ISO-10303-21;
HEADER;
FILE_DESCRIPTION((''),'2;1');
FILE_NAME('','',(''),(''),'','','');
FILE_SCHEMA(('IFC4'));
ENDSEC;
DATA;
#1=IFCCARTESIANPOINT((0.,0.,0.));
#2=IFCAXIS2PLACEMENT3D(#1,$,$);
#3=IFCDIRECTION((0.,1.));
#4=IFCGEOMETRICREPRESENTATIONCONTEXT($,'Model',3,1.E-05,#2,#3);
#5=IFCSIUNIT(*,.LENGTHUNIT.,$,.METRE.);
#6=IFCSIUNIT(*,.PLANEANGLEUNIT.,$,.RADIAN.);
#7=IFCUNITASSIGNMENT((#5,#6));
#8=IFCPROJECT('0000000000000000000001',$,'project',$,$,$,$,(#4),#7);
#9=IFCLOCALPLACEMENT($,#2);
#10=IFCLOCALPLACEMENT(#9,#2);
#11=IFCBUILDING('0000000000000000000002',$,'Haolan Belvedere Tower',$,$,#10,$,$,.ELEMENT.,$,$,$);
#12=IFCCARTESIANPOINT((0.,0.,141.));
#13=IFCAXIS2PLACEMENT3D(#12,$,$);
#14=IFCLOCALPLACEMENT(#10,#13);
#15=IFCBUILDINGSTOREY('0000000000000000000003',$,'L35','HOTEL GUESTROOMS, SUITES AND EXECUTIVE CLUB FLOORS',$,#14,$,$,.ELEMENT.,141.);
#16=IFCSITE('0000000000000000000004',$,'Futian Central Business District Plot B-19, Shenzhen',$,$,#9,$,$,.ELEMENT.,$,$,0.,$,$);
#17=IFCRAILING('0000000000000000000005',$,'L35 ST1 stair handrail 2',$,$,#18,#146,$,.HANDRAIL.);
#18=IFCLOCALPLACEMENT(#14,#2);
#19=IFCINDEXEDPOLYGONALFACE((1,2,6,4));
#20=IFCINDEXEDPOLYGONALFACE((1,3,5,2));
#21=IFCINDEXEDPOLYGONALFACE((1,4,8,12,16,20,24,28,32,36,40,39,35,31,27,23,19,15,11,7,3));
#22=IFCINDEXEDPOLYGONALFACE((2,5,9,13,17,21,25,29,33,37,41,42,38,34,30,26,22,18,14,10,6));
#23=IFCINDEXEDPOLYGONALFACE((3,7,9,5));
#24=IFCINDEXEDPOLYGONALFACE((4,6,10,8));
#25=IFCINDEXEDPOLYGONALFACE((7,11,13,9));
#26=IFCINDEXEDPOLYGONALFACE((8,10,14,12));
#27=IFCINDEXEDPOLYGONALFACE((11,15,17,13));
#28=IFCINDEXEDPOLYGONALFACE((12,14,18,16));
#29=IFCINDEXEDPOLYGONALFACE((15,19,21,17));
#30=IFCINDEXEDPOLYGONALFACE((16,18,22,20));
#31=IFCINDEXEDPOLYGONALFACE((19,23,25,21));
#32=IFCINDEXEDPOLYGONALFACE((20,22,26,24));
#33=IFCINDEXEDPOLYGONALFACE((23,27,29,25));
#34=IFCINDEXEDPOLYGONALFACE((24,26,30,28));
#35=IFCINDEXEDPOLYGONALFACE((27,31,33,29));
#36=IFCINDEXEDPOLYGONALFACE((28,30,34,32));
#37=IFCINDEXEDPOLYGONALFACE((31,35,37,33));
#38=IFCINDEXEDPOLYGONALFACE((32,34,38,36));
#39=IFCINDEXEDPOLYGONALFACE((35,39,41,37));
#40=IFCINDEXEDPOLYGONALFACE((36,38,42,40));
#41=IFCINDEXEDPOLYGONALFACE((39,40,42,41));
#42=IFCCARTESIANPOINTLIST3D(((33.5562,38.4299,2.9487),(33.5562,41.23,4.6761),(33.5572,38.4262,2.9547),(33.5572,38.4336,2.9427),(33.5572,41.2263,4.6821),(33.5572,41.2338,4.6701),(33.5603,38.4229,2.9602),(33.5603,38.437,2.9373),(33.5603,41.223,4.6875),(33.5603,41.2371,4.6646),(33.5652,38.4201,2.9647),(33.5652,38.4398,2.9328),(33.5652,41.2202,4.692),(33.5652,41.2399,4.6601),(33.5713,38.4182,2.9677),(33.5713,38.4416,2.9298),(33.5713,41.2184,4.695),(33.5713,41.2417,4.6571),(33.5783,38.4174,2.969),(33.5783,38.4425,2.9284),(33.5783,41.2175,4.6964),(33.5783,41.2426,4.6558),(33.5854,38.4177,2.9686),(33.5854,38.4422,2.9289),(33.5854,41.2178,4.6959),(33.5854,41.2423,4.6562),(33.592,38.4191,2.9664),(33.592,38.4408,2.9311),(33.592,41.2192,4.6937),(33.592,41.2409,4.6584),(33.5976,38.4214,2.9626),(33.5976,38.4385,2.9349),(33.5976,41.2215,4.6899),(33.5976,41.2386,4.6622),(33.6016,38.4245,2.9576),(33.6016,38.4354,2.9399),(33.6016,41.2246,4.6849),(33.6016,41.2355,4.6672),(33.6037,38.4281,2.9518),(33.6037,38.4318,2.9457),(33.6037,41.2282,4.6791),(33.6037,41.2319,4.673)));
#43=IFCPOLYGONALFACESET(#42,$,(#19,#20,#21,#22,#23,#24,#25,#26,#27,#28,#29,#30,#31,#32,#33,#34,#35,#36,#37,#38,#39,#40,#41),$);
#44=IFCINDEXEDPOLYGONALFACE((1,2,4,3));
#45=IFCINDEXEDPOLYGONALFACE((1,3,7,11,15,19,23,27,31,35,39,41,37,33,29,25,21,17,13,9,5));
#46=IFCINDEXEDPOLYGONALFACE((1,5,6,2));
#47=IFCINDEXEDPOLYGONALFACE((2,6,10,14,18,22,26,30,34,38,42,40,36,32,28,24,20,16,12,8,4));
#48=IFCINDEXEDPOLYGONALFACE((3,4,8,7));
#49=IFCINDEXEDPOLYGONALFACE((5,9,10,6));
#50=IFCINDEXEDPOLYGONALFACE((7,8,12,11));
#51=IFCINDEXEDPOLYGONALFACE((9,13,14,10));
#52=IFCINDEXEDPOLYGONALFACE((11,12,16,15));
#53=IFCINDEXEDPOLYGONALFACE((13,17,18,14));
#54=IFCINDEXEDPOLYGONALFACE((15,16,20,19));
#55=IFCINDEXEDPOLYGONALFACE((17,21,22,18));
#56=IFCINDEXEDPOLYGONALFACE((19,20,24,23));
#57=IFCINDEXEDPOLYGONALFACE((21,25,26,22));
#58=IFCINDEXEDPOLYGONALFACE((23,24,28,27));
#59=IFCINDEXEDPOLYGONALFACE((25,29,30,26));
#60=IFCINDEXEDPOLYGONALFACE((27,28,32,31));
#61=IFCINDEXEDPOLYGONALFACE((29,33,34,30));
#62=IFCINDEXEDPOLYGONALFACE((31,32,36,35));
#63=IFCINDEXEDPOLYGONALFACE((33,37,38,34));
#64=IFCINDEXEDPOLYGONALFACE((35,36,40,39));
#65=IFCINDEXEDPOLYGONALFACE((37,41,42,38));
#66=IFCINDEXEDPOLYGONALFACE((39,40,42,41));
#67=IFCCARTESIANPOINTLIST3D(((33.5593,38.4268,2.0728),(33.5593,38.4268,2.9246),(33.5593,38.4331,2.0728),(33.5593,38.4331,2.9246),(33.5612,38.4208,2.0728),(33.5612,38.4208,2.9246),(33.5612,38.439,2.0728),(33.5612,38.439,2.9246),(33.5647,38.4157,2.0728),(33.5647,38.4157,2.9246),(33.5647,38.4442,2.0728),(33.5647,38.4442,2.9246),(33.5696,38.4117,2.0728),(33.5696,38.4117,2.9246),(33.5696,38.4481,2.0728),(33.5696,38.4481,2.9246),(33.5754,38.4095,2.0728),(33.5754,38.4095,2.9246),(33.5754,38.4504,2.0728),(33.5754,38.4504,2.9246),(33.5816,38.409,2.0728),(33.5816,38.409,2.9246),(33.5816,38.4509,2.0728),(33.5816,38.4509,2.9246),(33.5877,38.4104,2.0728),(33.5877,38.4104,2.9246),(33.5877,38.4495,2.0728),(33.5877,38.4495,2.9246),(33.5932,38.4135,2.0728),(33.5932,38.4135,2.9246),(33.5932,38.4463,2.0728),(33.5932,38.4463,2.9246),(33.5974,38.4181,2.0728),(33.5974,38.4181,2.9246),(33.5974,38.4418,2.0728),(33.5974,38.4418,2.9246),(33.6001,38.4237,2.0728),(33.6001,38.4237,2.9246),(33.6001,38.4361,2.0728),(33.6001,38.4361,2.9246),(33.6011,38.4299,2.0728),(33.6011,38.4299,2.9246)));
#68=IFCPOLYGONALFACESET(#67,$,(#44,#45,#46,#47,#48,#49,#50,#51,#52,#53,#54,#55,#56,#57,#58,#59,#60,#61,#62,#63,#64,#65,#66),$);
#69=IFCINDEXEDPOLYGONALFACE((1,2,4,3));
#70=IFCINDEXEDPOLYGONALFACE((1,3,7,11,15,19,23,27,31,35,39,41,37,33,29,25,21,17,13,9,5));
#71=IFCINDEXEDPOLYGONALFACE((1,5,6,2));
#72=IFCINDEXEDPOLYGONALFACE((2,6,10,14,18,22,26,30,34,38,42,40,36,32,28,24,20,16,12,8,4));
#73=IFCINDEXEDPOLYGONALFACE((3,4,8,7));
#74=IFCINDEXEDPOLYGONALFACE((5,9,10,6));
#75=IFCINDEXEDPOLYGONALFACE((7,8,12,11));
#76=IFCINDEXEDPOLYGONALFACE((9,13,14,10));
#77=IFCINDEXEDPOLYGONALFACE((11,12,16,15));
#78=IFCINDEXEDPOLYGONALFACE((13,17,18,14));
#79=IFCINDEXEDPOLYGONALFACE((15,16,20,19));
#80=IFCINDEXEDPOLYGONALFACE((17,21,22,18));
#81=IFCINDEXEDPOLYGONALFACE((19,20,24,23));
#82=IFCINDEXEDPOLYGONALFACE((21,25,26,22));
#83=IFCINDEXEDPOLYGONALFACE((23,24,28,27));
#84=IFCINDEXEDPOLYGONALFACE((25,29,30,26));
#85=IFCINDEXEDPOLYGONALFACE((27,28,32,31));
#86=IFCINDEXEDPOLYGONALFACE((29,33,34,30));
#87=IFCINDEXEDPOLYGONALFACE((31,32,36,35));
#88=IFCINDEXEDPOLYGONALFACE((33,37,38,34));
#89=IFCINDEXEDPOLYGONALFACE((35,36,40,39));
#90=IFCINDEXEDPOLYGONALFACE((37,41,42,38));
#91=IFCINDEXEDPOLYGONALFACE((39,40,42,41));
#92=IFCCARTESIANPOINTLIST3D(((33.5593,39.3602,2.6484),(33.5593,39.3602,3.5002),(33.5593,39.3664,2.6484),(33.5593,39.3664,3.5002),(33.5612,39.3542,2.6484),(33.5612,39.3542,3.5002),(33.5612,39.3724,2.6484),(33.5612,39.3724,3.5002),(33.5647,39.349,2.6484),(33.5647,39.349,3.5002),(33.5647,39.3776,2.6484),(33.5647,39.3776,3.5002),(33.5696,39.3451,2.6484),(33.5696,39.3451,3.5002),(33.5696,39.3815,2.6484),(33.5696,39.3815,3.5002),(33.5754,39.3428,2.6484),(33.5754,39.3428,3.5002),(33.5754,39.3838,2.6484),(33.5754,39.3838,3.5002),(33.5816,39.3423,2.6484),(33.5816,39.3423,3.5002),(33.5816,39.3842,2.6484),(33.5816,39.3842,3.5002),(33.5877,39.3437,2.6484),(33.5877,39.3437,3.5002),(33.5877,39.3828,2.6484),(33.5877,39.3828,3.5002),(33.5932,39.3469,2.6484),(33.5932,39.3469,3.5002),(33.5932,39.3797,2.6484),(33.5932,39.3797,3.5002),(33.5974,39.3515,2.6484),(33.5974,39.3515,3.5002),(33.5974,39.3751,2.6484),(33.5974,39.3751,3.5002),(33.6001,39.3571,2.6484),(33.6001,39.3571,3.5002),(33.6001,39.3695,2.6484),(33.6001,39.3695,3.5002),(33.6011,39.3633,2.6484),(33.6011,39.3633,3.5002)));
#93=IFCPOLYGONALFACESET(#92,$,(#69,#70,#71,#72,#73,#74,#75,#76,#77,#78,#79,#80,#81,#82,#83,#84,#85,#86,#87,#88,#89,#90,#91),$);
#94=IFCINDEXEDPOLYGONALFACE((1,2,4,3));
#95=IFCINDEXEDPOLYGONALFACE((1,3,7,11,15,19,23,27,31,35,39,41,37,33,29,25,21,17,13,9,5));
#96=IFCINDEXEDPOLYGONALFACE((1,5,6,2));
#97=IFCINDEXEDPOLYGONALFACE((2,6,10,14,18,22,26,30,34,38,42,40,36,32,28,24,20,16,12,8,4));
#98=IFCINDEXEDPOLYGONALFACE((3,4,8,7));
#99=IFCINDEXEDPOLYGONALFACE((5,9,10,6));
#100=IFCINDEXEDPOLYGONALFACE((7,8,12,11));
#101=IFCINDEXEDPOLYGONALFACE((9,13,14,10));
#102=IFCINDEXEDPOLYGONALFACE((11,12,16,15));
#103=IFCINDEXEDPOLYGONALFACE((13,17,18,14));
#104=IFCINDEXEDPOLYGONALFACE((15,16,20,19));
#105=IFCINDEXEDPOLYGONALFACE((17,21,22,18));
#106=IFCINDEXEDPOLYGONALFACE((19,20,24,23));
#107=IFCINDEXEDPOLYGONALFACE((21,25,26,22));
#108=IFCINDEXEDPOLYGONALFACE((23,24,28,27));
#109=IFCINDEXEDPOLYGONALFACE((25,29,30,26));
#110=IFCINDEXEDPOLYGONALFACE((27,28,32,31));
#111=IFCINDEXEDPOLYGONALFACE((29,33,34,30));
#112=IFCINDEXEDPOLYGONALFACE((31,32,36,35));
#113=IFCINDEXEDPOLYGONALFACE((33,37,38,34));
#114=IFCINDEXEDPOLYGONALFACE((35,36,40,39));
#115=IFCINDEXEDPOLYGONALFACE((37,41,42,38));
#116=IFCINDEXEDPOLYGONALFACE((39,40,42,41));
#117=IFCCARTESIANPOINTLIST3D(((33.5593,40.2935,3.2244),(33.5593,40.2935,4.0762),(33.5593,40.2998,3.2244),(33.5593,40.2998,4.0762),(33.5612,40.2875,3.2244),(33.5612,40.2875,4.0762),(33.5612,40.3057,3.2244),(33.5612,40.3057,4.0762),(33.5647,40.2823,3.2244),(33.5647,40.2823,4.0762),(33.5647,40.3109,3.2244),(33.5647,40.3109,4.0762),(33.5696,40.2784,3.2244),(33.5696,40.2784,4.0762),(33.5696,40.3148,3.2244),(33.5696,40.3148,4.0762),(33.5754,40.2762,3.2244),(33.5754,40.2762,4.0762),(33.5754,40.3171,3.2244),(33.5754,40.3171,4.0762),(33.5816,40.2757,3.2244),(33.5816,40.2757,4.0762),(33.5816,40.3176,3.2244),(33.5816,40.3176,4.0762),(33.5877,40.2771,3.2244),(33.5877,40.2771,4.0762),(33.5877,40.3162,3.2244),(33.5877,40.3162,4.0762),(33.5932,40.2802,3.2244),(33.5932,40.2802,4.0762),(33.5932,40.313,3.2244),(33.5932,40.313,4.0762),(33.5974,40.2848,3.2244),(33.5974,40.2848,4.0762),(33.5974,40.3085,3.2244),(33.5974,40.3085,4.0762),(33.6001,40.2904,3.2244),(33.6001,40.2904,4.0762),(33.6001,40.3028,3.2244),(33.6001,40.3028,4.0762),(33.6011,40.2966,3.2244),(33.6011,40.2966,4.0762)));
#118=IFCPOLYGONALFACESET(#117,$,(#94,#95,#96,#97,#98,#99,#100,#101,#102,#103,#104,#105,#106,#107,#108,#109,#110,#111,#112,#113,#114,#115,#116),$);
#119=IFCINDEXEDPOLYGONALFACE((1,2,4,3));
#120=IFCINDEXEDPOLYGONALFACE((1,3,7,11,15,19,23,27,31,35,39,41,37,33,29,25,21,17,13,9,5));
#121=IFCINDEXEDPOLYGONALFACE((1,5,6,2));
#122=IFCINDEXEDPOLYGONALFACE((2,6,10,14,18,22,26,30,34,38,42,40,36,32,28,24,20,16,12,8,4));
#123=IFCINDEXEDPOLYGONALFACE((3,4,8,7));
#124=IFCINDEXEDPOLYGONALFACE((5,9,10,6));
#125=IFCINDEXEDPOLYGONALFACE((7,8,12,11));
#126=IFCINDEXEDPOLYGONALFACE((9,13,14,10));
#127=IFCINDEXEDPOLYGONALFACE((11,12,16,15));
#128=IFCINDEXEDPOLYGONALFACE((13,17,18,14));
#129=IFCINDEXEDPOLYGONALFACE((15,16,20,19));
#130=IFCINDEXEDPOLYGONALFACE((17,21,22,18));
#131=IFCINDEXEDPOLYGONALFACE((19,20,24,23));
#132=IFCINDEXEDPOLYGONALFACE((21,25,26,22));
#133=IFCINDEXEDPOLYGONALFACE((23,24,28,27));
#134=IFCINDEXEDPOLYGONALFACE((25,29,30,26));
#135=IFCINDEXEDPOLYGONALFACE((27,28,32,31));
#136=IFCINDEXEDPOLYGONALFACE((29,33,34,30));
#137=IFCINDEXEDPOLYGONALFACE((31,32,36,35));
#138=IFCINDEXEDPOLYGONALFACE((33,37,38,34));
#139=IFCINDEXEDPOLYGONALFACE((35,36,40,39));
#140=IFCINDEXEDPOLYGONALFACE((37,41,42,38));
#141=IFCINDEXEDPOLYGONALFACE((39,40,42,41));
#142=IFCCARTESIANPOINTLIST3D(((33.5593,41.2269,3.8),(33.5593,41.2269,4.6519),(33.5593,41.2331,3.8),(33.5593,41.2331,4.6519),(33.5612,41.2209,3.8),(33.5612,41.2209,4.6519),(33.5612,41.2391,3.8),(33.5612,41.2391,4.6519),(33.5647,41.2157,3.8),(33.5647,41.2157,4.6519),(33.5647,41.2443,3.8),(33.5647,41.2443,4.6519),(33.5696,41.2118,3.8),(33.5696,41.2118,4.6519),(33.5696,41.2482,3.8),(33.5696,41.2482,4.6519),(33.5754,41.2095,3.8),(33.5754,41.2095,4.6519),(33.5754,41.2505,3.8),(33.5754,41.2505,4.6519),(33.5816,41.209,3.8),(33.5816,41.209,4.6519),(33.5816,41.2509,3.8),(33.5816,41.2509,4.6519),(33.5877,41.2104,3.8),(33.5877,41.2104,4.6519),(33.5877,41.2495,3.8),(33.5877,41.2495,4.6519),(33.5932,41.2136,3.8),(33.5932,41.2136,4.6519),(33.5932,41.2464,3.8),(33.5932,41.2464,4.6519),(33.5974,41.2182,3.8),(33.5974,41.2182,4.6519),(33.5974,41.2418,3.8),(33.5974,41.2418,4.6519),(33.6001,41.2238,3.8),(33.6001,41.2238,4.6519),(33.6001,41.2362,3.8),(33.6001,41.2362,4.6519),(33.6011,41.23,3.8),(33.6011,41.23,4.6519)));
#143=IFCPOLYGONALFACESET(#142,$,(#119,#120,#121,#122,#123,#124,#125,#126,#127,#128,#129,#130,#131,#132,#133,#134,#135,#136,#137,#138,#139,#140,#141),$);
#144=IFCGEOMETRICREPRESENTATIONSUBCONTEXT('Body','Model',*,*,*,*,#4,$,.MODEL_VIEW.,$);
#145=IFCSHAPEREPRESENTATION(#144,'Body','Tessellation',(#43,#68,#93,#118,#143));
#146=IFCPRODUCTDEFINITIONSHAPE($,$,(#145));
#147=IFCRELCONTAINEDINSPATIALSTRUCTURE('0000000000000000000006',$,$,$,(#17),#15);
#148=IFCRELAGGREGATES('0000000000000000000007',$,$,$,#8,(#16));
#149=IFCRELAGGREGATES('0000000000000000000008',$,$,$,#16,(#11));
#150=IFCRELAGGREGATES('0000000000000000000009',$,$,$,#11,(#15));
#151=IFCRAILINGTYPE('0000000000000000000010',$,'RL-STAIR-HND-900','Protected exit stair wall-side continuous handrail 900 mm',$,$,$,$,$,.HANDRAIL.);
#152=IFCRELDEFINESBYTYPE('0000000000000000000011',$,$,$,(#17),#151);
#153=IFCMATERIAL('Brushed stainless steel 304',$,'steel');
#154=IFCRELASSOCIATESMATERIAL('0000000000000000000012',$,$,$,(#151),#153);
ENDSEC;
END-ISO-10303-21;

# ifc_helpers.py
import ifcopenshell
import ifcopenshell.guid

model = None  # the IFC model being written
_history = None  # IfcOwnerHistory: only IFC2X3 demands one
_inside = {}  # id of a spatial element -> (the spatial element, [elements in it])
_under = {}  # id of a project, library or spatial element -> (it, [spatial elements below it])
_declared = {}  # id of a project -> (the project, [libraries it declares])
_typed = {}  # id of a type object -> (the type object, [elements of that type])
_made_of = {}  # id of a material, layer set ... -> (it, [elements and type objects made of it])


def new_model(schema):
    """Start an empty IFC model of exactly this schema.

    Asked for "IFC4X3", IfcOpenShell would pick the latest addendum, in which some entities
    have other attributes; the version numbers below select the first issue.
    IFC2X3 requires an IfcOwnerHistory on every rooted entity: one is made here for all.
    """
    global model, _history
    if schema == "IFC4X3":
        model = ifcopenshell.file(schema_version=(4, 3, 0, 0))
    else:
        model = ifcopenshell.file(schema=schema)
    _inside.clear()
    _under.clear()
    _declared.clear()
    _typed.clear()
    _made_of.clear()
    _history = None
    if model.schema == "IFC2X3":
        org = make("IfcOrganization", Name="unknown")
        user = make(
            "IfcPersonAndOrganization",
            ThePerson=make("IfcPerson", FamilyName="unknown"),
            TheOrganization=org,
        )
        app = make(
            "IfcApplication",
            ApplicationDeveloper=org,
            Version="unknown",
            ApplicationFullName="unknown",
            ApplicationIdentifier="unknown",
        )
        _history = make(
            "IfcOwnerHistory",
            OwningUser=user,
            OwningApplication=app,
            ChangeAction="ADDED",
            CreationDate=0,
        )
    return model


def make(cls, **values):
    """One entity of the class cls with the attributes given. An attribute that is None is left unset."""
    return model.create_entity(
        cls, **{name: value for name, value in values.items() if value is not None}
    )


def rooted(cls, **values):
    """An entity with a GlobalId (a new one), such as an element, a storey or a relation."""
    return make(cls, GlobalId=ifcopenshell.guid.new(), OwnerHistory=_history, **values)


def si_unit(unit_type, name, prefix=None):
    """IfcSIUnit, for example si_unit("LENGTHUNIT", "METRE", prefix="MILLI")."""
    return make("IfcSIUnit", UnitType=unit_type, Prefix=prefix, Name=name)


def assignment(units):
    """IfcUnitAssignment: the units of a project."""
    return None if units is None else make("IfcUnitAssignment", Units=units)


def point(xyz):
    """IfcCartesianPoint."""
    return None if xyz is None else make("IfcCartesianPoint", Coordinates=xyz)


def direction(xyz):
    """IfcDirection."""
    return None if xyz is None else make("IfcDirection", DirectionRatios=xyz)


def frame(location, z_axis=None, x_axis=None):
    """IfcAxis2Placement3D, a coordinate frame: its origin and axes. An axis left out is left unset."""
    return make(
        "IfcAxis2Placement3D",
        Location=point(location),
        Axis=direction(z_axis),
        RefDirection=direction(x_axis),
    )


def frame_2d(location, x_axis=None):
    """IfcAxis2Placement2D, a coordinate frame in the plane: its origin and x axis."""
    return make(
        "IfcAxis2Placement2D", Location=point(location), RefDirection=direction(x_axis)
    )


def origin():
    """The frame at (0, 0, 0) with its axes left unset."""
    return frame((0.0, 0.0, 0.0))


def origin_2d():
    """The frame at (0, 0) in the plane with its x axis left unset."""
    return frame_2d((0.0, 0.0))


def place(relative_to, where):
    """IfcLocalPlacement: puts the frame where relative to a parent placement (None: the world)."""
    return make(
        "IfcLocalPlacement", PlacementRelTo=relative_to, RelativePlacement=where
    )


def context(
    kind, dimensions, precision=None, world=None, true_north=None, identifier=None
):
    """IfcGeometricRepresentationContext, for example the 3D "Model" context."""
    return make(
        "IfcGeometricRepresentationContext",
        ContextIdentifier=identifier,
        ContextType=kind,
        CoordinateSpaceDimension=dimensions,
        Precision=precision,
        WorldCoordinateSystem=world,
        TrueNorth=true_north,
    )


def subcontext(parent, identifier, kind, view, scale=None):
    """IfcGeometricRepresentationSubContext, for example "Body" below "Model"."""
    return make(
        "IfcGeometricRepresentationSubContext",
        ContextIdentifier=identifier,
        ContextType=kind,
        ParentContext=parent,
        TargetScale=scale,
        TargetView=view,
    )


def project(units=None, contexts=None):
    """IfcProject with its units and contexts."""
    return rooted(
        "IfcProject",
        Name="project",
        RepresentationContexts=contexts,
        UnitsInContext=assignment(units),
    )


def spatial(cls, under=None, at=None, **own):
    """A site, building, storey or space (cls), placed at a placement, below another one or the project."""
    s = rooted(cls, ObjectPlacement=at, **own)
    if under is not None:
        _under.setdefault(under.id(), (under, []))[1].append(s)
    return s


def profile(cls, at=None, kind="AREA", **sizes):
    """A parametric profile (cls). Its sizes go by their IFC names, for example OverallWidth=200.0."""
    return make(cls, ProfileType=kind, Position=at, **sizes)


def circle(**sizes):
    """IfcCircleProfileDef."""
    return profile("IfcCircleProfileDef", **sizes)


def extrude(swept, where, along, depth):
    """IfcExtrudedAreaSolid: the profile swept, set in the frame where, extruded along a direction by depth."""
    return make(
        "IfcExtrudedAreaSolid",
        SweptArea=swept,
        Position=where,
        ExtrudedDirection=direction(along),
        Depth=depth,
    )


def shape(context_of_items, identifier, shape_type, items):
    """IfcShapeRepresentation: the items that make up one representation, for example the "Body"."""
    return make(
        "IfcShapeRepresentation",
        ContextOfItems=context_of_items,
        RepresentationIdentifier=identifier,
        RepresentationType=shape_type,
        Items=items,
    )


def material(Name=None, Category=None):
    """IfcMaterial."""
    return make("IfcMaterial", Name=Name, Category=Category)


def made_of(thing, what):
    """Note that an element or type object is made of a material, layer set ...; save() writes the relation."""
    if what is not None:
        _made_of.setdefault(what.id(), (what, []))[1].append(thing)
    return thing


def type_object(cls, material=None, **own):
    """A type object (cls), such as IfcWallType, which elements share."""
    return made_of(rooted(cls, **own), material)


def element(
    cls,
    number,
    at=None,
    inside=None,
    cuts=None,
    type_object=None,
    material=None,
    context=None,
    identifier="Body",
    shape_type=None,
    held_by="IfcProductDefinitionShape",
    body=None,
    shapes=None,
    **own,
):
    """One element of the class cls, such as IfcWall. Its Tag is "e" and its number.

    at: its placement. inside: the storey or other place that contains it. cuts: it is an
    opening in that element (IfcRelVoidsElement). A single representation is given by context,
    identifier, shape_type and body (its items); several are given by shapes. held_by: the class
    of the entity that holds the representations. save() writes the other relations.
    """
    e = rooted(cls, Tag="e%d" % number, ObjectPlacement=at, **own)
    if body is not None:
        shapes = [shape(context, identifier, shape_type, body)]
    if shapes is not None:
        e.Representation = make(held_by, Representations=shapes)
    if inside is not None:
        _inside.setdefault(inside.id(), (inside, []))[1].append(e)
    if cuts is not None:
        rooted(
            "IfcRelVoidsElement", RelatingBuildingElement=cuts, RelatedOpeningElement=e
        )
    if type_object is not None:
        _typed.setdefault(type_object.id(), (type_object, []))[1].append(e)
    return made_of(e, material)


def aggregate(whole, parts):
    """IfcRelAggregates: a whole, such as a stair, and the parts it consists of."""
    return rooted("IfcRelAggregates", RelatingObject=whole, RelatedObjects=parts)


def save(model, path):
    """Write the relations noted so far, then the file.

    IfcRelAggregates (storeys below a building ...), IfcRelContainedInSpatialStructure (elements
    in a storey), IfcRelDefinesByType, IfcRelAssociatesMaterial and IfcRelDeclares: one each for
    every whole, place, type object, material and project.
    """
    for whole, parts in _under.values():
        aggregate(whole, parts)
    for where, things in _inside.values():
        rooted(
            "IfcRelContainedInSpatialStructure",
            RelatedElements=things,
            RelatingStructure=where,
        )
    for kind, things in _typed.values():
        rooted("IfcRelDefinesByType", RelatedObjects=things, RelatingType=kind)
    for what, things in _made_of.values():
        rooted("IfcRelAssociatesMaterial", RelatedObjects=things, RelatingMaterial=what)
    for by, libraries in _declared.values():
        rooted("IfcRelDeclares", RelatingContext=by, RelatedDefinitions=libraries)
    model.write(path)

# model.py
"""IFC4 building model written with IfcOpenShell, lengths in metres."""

from ifc_helpers import new_model, si_unit, direction, frame, origin, origin_2d, place, context, subcontext, project, spatial, circle, extrude, material, type_object, element, save


model = new_model("IFC4")

# Units and contexts
model_context = context("Model", 3, precision=1e-05, world=origin(), true_north=direction((0.0, 1.0)))
body_context = subcontext(model_context, "Body", "Model", "MODEL_VIEW")
ifc_project = project(units=[si_unit("LENGTHUNIT", "METRE"), si_unit("PLANEANGLEUNIT", "RADIAN")], contexts=[model_context])

# Site, building, storey
site_placement = place(None, origin())
site = spatial("IfcSite", under=ifc_project, at=site_placement, Name="Futian Central Business District Plot B-19, Shenzhen", CompositionType="ELEMENT", RefElevation=0.0)
building_placement = place(site_placement, origin())
building = spatial("IfcBuilding", under=site, at=building_placement, Name="Haolan Belvedere Tower", CompositionType="ELEMENT")
storey_placement = place(building_placement, frame((0.0, 0.0, 141.0)))
storey = spatial("IfcBuildingStorey", under=building, at=storey_placement, Name="L35", Description="HOTEL GUESTROOMS, SUITES AND EXECUTIVE CLUB FLOORS", CompositionType="ELEMENT", Elevation=141.0)

# Railing
ifc_material_1 = material(Name="Brushed stainless steel 304", Category="steel")
railing_type_1 = type_object("IfcRailingType", Name="RL-STAIR-HND-900", Description="Protected exit stair wall-side continuous handrail 900 mm", PredefinedType="HANDRAIL", material=ifc_material_1)
railing_1_placement = place(storey_placement, frame((33.5801, 38.4299, 2.0728)))
element("IfcRailing", 1, at=railing_1_placement, inside=storey, type_object=railing_type_1, Name="L35 ST1 stair handrail 2", PredefinedType="HANDRAIL", context=body_context, shape_type="SweptSolid", body=[
    extrude(circle(Radius=0.0239, at=origin_2d()), frame((0.0, 0.0, 0.876), z_axis=(0.0, 0.85109, 0.52502), x_axis=(-1.0, 0.0, 0.0)), (0.0, 0.0, 1.0), 3.29),
    extrude(circle(Radius=0.021, at=origin_2d()), origin(), (0.0, 0.0, 1.0), 0.8518),
    extrude(circle(Radius=0.021, at=origin_2d()), frame((0.0, 0.9333, 0.5757)), (0.0, 0.0, 1.0), 0.8518),
    extrude(circle(Radius=0.021, at=origin_2d()), frame((0.0, 1.8667, 1.1516)), (0.0, 0.0, 1.0), 0.8518),
    extrude(circle(Radius=0.021, at=origin_2d()), frame((0.0, 2.8, 1.7273)), (0.0, 0.0, 1.0), 0.8518),
])

save(model, "model.ifc")
